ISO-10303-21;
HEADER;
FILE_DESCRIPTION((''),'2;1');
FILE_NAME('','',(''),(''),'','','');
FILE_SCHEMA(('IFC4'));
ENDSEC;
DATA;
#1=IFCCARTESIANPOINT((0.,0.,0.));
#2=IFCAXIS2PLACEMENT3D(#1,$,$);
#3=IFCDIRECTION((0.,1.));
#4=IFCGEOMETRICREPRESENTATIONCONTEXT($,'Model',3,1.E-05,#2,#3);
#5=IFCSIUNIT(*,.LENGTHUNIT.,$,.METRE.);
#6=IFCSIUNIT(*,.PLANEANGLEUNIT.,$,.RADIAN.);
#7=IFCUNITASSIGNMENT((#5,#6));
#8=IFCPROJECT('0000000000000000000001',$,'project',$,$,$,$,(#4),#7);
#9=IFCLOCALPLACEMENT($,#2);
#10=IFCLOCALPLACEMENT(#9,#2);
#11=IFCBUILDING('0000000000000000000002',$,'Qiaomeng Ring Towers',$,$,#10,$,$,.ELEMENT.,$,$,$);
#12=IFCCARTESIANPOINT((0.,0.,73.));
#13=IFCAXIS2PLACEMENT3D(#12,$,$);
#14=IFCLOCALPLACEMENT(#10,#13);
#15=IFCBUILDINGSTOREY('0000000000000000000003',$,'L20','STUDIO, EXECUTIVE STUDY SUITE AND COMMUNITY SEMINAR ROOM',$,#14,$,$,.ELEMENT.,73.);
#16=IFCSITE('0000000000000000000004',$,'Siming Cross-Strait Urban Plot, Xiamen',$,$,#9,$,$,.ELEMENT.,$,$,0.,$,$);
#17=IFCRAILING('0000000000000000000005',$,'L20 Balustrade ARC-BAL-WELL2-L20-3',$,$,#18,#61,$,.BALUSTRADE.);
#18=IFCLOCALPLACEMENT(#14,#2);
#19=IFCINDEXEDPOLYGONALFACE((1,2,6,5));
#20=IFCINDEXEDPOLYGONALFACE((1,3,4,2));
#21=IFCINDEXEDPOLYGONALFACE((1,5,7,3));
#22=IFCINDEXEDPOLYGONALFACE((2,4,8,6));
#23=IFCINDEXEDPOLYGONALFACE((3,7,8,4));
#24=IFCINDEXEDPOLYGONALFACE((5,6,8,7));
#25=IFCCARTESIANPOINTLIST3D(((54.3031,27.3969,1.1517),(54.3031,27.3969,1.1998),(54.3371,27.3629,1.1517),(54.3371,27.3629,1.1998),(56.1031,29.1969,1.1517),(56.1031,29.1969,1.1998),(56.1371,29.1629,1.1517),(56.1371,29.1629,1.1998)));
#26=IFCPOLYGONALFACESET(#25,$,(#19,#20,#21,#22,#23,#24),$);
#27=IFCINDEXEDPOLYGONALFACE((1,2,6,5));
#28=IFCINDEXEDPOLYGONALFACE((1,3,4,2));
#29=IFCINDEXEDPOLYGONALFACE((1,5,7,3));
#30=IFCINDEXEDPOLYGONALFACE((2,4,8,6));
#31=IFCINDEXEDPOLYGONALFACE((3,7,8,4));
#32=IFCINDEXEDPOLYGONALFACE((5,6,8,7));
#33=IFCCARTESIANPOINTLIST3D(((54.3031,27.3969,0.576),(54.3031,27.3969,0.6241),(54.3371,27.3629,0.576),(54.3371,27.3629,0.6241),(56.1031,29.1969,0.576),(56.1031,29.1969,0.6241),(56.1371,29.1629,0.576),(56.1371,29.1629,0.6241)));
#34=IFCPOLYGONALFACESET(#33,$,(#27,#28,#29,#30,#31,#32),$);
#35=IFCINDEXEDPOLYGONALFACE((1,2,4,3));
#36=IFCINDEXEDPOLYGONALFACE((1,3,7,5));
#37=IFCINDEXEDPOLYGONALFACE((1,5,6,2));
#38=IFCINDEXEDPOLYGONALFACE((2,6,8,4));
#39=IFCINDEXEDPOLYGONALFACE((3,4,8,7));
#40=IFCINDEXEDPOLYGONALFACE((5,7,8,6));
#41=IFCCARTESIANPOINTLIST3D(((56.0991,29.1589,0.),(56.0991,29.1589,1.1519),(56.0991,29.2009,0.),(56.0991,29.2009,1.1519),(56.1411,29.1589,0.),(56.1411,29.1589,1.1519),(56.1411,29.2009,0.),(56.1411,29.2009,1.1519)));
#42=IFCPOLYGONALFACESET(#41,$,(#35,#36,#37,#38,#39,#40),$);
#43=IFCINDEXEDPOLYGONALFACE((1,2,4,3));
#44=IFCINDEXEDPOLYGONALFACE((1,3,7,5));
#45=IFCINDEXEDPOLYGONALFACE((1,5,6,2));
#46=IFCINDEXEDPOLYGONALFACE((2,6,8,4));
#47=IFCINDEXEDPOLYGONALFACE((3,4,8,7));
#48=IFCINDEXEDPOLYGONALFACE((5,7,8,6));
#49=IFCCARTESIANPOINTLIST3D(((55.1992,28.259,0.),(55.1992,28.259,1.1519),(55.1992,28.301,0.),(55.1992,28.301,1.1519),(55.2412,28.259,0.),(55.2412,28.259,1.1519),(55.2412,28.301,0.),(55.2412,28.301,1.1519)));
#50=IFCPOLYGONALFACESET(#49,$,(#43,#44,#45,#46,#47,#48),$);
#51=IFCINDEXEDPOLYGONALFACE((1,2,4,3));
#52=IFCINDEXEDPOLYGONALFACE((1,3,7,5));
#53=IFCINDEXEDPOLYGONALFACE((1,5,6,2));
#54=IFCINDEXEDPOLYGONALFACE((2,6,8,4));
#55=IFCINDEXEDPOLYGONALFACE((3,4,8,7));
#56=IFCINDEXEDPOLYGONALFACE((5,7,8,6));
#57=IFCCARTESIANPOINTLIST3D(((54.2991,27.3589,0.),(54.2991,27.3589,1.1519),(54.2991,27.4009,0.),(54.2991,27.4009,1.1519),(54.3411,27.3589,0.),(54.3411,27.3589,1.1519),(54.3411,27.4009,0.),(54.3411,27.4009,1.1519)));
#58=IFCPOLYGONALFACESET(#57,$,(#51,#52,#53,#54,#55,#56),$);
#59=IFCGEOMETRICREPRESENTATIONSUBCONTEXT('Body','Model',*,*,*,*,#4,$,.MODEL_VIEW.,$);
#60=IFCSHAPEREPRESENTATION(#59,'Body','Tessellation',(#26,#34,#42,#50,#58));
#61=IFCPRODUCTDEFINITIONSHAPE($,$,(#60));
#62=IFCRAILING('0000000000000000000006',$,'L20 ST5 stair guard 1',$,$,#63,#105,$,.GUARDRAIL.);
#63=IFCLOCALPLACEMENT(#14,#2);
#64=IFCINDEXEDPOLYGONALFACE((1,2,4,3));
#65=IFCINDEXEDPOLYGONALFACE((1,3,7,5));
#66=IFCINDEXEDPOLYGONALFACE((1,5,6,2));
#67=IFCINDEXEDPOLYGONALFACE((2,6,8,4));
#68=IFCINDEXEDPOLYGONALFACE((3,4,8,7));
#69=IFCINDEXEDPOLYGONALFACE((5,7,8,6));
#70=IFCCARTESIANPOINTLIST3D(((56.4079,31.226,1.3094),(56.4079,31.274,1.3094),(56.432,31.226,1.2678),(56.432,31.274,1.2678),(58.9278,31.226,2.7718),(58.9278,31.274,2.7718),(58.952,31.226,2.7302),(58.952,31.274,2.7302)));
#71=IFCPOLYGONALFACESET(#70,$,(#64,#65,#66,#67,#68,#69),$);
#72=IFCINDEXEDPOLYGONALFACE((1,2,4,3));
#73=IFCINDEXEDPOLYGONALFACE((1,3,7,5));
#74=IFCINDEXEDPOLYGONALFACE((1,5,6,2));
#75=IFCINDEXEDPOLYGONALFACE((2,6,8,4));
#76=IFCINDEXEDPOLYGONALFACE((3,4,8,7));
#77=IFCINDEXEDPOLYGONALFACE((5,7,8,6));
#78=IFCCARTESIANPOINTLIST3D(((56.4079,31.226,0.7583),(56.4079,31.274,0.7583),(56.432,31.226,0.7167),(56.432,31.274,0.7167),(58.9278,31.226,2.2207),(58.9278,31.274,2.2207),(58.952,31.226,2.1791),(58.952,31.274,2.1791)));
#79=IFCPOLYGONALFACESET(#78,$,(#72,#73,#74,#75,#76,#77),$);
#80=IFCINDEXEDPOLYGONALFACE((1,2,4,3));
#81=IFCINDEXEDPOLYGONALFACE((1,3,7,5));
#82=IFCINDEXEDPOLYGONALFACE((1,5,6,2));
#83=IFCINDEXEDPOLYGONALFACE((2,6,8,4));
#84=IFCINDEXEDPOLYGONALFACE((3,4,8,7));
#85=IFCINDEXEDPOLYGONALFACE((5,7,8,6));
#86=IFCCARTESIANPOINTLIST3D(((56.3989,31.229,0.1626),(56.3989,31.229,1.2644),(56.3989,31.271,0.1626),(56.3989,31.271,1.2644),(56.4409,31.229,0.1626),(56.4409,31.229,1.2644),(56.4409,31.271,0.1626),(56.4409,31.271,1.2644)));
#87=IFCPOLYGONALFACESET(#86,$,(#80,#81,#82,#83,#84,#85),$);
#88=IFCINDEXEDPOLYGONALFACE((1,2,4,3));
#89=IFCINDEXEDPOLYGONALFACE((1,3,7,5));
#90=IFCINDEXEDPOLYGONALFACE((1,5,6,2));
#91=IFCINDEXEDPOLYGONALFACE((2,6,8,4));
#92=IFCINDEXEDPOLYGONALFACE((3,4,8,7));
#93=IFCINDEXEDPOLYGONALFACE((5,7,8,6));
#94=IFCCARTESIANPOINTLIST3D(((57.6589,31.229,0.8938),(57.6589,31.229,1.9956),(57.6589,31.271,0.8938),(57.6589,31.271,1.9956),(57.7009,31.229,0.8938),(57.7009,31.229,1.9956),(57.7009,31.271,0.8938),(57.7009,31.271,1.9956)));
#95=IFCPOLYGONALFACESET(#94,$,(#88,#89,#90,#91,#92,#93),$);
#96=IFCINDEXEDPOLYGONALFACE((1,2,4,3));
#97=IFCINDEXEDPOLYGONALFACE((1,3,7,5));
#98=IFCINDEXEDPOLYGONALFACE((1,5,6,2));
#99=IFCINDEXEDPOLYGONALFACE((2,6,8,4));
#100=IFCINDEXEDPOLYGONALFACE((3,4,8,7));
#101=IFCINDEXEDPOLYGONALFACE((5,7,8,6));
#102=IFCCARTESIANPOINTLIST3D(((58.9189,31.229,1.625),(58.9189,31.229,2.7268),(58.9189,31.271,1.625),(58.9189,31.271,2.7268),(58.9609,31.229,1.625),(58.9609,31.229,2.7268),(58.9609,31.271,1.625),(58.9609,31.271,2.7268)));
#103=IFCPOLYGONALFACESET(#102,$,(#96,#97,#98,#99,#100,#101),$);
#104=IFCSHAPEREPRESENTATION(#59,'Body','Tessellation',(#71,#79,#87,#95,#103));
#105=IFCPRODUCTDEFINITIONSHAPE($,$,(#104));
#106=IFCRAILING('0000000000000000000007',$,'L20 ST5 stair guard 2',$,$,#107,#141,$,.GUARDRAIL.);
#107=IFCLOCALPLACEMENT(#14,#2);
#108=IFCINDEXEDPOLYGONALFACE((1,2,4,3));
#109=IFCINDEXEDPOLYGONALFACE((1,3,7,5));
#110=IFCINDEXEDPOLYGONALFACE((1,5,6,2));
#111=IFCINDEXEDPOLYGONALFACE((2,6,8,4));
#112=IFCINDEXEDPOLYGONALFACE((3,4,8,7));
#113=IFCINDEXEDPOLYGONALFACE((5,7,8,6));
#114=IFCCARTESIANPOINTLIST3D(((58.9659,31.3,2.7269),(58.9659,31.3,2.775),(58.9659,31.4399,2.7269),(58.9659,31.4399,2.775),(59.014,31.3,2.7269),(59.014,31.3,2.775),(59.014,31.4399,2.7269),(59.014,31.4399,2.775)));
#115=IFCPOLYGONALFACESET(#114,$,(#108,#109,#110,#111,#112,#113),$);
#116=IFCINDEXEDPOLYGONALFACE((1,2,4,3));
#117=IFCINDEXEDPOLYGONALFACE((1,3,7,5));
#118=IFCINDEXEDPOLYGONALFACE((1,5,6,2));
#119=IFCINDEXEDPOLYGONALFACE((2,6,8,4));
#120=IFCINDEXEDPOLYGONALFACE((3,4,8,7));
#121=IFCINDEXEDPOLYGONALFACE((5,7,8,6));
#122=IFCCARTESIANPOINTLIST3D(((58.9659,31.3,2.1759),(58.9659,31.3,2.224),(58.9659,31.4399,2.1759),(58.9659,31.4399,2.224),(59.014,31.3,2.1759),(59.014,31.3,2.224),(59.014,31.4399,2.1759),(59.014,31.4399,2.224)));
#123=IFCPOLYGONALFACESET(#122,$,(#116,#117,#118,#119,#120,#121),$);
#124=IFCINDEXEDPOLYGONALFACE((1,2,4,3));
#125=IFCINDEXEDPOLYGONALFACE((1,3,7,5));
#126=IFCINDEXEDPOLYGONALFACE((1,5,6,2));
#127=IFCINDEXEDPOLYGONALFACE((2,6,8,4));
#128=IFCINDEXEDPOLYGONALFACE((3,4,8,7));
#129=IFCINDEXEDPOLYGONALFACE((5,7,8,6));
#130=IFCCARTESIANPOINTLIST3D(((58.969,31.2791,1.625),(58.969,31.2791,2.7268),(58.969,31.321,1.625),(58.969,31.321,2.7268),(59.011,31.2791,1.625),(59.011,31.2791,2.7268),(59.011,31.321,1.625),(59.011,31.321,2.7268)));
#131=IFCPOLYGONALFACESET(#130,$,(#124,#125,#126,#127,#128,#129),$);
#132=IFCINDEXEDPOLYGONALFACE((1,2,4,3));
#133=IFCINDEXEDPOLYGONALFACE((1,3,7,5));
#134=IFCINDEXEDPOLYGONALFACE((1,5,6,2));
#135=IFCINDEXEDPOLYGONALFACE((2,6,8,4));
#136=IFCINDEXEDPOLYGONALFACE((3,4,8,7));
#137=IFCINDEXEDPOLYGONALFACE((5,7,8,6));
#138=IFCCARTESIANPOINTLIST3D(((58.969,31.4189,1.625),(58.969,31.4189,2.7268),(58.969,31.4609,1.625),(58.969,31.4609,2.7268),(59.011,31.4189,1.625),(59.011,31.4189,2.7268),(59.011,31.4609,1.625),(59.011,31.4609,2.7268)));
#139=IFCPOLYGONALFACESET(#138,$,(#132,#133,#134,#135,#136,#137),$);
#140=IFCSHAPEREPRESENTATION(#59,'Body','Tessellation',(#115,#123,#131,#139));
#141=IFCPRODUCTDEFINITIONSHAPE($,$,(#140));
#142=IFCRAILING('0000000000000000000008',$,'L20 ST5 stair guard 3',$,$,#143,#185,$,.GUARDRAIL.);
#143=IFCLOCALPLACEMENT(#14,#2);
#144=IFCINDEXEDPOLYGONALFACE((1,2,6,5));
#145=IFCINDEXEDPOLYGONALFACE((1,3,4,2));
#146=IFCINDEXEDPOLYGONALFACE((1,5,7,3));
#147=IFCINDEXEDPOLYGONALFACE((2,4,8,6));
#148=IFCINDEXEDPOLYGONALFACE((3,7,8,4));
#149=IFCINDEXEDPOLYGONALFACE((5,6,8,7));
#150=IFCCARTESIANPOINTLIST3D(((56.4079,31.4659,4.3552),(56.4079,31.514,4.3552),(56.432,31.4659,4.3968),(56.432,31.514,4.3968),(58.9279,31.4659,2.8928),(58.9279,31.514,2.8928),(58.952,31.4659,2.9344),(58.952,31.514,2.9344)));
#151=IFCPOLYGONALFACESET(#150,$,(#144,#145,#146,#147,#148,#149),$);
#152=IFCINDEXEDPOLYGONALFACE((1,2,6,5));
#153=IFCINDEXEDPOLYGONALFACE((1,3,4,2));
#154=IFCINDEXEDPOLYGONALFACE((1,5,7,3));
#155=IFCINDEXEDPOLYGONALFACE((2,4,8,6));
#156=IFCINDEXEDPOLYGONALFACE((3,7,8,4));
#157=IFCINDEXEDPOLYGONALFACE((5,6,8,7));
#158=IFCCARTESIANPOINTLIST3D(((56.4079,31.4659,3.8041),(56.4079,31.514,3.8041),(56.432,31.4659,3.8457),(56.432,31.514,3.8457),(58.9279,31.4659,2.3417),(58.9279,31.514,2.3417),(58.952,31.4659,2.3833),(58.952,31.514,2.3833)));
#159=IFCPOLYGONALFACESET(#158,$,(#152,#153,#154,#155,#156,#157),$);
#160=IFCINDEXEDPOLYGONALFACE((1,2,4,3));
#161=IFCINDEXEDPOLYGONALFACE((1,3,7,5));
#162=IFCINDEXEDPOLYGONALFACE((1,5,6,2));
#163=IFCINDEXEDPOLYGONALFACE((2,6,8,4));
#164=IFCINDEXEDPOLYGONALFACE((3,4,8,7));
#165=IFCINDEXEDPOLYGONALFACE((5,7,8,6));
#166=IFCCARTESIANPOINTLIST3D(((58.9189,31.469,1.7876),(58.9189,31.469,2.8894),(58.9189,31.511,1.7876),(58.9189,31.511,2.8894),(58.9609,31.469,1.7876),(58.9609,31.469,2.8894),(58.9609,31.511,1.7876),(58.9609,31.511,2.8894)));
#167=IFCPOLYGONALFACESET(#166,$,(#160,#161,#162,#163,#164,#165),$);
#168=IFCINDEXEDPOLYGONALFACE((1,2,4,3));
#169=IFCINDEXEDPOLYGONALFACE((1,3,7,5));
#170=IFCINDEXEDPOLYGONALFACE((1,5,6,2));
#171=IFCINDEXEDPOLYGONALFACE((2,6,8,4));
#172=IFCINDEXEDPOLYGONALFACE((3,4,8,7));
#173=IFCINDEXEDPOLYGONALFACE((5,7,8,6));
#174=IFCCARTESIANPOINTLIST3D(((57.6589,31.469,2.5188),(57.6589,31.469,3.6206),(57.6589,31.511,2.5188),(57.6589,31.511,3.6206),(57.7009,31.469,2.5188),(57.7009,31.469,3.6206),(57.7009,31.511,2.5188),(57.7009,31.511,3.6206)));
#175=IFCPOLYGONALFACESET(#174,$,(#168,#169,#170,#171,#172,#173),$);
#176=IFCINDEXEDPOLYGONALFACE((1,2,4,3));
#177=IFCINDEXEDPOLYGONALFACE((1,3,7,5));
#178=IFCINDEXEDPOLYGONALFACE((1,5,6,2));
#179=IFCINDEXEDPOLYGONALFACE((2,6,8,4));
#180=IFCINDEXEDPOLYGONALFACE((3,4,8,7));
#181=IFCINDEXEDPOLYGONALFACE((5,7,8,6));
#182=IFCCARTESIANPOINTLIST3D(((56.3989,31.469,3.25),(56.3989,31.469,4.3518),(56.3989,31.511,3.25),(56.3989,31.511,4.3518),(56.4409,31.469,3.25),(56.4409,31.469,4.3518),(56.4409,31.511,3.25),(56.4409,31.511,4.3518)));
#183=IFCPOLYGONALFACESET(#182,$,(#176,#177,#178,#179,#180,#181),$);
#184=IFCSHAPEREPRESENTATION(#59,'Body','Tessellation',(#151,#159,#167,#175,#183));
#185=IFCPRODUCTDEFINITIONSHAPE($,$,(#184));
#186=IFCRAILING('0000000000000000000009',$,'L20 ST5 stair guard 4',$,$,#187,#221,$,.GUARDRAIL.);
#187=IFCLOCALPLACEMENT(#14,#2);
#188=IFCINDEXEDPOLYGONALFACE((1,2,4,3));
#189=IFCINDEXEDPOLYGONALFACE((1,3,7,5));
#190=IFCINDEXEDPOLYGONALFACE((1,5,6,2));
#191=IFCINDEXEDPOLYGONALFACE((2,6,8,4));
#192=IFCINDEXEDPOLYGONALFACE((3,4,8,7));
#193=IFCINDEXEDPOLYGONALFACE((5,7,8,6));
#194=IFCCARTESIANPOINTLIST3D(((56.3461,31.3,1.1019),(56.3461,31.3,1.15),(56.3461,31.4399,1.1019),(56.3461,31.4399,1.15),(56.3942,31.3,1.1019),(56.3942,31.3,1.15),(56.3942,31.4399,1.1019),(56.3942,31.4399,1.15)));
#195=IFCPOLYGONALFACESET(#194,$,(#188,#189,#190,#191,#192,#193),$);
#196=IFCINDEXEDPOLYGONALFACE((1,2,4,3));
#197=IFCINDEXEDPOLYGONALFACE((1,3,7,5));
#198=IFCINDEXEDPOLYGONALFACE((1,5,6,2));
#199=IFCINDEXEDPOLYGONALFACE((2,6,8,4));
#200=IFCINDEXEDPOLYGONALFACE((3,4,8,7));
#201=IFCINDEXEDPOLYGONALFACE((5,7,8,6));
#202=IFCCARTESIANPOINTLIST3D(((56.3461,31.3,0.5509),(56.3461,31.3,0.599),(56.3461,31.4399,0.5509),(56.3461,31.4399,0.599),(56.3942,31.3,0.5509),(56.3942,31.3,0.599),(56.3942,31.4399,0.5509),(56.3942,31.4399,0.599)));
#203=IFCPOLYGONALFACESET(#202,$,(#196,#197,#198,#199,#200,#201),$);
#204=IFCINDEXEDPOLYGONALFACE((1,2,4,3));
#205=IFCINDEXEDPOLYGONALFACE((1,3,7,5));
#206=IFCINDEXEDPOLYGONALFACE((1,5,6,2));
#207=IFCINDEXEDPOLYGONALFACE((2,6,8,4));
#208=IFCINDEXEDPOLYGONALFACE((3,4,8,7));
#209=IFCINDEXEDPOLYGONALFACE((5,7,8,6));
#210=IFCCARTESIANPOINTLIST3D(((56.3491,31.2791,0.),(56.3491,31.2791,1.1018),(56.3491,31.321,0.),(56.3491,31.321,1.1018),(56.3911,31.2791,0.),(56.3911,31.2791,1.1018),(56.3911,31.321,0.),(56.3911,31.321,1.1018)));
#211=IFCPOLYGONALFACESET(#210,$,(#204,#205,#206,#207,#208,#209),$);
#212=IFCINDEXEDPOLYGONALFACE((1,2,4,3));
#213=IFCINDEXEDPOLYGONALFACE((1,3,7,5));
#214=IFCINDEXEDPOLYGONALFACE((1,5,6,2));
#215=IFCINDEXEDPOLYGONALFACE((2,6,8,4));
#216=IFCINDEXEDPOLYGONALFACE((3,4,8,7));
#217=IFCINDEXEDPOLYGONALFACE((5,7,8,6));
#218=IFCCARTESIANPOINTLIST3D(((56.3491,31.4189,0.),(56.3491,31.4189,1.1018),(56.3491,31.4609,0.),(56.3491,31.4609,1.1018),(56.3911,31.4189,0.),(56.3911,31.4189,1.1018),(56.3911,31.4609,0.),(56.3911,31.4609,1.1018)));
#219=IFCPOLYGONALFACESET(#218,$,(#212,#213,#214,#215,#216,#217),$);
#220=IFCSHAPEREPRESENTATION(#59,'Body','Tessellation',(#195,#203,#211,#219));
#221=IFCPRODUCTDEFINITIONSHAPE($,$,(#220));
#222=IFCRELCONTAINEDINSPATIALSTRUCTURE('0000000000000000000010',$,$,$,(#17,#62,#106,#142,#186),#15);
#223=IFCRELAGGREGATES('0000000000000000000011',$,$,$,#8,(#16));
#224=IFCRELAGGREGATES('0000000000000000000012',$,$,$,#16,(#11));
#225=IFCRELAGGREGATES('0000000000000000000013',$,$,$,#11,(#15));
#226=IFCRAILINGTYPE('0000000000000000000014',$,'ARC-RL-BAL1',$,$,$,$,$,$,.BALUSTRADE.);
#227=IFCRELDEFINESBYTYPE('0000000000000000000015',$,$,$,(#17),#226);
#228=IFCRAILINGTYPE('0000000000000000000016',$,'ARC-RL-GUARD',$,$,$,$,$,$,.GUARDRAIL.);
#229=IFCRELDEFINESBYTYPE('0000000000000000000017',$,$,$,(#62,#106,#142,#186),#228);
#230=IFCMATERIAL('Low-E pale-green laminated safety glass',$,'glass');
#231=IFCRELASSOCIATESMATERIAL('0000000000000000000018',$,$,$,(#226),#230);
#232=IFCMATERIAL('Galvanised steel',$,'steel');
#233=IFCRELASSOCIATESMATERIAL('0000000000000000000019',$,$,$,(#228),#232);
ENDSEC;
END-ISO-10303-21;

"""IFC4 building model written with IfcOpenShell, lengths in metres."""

from ifc_helpers import new_model, si_unit, direction, frame, origin, origin_2d, place, context, subcontext, project, spatial, rectangle, extrude, material, type_object, element, save


model = new_model("IFC4")

# Units and contexts
model_context = context("Model", 3, precision=1e-05, world=origin(), true_north=direction((0.0, 1.0)))
body_context = subcontext(model_context, "Body", "Model", "MODEL_VIEW")
ifc_project = project(units=[si_unit("LENGTHUNIT", "METRE"), si_unit("PLANEANGLEUNIT", "RADIAN")], contexts=[model_context])

# Site, building, storey
site_placement = place(None, origin())
site = spatial("IfcSite", under=ifc_project, at=site_placement, Name="Siming Cross-Strait Urban Plot, Xiamen", CompositionType="ELEMENT", RefElevation=0.0)
building_placement = place(site_placement, origin())
building = spatial("IfcBuilding", under=site, at=building_placement, Name="Qiaomeng Ring Towers", CompositionType="ELEMENT")
storey_placement = place(building_placement, frame((0.0, 0.0, 73.0)))
storey = spatial("IfcBuildingStorey", under=building, at=storey_placement, Name="L20", Description="STUDIO, EXECUTIVE STUDY SUITE AND COMMUNITY SEMINAR ROOM", CompositionType="ELEMENT", Elevation=73.0)

# Shared definitions
ifc_material_1 = material(Name="Galvanised steel", Category="steel")

# Railings
ifc_material_2 = material(Name="Low-E pale-green laminated safety glass", Category="glass")
railing_type_1 = type_object("IfcRailingType", Name="ARC-RL-BAL1", PredefinedType="BALUSTRADE", material=ifc_material_2)
railing_1_placement = place(storey_placement, frame((56.1201, 29.1799, 0.0)))
element("IfcRailing", 1, at=railing_1_placement, inside=storey, type_object=railing_type_1, Name="L20 Balustrade ARC-BAL-WELL2-L20-3", PredefinedType="BALUSTRADE", context=body_context, shape_type="SweptSolid", body=[
    extrude(rectangle(XDim=0.0481, YDim=0.0481, at=origin_2d()), frame((0.0, 0.0, 1.1758), z_axis=(-0.707107, -0.707107, 0.0), x_axis=(0.707107, -0.707107, 0.0)), (0.0, 0.0, 1.0), 2.5457),
    extrude(rectangle(XDim=0.0481, YDim=0.0481, at=origin_2d()), frame((0.0, 0.0, 0.6001), z_axis=(-0.707107, -0.707107, 0.0), x_axis=(0.707107, -0.707107, 0.0)), (0.0, 0.0, 1.0), 2.5457),
    extrude(rectangle(XDim=0.042, YDim=0.042, at=origin_2d()), origin(), (0.0, 0.0, 1.0), 1.1519),
    extrude(rectangle(XDim=0.042, YDim=0.042, at=origin_2d()), frame((-0.8999, -0.8999, 0.0)), (0.0, 0.0, 1.0), 1.1519),
    extrude(rectangle(XDim=0.042, YDim=0.042, at=origin_2d()), frame((-1.8, -1.8, 0.0)), (0.0, 0.0, 1.0), 1.1519),
])
railing_type_2 = type_object("IfcRailingType", Name="ARC-RL-GUARD", PredefinedType="GUARDRAIL", material=ifc_material_1)
railing_2_placement = place(storey_placement, frame((56.4199, 31.25, 0.1626)))
element("IfcRailing", 2, at=railing_2_placement, inside=storey, type_object=railing_type_2, Name="L20 ST5 stair guard 1", PredefinedType="GUARDRAIL", context=body_context, shape_type="SweptSolid", body=[
    extrude(rectangle(XDim=0.0481, YDim=0.0481, at=origin_2d()), frame((0.0, 0.0, 1.126), z_axis=(0.864913, 0.0, 0.501921), x_axis=(0.0, 1.0, 0.0)), (0.0, 0.0, 1.0), 2.9136),
    extrude(rectangle(XDim=0.0481, YDim=0.0481, at=origin_2d()), frame((0.0, 0.0, 0.575), z_axis=(0.864913, 0.0, 0.501921), x_axis=(0.0, 1.0, 0.0)), (0.0, 0.0, 1.0), 2.9136),
    extrude(rectangle(XDim=0.042, YDim=0.042, at=origin_2d()), origin(), (0.0, 0.0, 1.0), 1.1018),
    extrude(rectangle(XDim=0.042, YDim=0.042, at=origin_2d()), frame((1.26, 0.0, 0.7312)), (0.0, 0.0, 1.0), 1.1018),
    extrude(rectangle(XDim=0.042, YDim=0.042, at=origin_2d()), frame((2.52, 0.0, 1.4624)), (0.0, 0.0, 1.0), 1.1018),
])
railing_3_placement = place(storey_placement, frame((58.99, 31.3, 1.625)))
element("IfcRailing", 3, at=railing_3_placement, inside=storey, type_object=railing_type_2, Name="L20 ST5 stair guard 2", PredefinedType="GUARDRAIL", context=body_context, shape_type="SweptSolid", body=[
    extrude(rectangle(XDim=0.0481, YDim=0.0481, at=origin_2d()), frame((0.0, 0.0, 1.126), z_axis=(0.0, 1.0, 0.0), x_axis=(-1.0, 0.0, 0.0)), (0.0, 0.0, 1.0), 0.1399),
    extrude(rectangle(XDim=0.0481, YDim=0.0481, at=origin_2d()), frame((0.0, 0.0, 0.575), z_axis=(0.0, 1.0, 0.0), x_axis=(-1.0, 0.0, 0.0)), (0.0, 0.0, 1.0), 0.1399),
    extrude(rectangle(XDim=0.042, YDim=0.042, at=origin_2d()), origin(), (0.0, 0.0, 1.0), 1.1018),
    extrude(rectangle(XDim=0.042, YDim=0.042, at=origin_2d()), frame((0.0, 0.1399, 0.0)), (0.0, 0.0, 1.0), 1.1018),
])
railing_4_placement = place(storey_placement, frame((58.9399, 31.49, 1.7876)))
element("IfcRailing", 4, at=railing_4_placement, inside=storey, type_object=railing_type_2, Name="L20 ST5 stair guard 3", PredefinedType="GUARDRAIL", context=body_context, shape_type="SweptSolid", body=[
    extrude(rectangle(XDim=0.0481, YDim=0.0481, at=origin_2d()), frame((0.0, 0.0, 1.126), z_axis=(-0.864913, 0.0, 0.501921), x_axis=(0.0, -1.0, 0.0)), (0.0, 0.0, 1.0), 2.9136),
    extrude(rectangle(XDim=0.0481, YDim=0.0481, at=origin_2d()), frame((0.0, 0.0, 0.575), z_axis=(-0.864913, 0.0, 0.501921), x_axis=(0.0, -1.0, 0.0)), (0.0, 0.0, 1.0), 2.9136),
    extrude(rectangle(XDim=0.042, YDim=0.042, at=origin_2d()), origin(), (0.0, 0.0, 1.0), 1.1018),
    extrude(rectangle(XDim=0.042, YDim=0.042, at=origin_2d()), frame((-1.26, 0.0, 0.7312)), (0.0, 0.0, 1.0), 1.1018),
    extrude(rectangle(XDim=0.042, YDim=0.042, at=origin_2d()), frame((-2.52, 0.0, 1.4624)), (0.0, 0.0, 1.0), 1.1018),
])
railing_5_placement = place(storey_placement, frame((56.3701, 31.3, 0.0)))
element("IfcRailing", 5, at=railing_5_placement, inside=storey, type_object=railing_type_2, Name="L20 ST5 stair guard 4", PredefinedType="GUARDRAIL", context=body_context, shape_type="SweptSolid", body=[
    extrude(rectangle(XDim=0.0481, YDim=0.0481, at=origin_2d()), frame((0.0, 0.0, 1.126), z_axis=(0.0, 1.0, 0.0), x_axis=(-1.0, 0.0, 0.0)), (0.0, 0.0, 1.0), 0.1399),
    extrude(rectangle(XDim=0.0481, YDim=0.0481, at=origin_2d()), frame((0.0, 0.0, 0.575), z_axis=(0.0, 1.0, 0.0), x_axis=(-1.0, 0.0, 0.0)), (0.0, 0.0, 1.0), 0.1399),
    extrude(rectangle(XDim=0.042, YDim=0.042, at=origin_2d()), origin(), (0.0, 0.0, 1.0), 1.1018),
    extrude(rectangle(XDim=0.042, YDim=0.042, at=origin_2d()), frame((0.0, 0.1399, 0.0)), (0.0, 0.0, 1.0), 1.1018),
])

save(model, "model.ifc")
